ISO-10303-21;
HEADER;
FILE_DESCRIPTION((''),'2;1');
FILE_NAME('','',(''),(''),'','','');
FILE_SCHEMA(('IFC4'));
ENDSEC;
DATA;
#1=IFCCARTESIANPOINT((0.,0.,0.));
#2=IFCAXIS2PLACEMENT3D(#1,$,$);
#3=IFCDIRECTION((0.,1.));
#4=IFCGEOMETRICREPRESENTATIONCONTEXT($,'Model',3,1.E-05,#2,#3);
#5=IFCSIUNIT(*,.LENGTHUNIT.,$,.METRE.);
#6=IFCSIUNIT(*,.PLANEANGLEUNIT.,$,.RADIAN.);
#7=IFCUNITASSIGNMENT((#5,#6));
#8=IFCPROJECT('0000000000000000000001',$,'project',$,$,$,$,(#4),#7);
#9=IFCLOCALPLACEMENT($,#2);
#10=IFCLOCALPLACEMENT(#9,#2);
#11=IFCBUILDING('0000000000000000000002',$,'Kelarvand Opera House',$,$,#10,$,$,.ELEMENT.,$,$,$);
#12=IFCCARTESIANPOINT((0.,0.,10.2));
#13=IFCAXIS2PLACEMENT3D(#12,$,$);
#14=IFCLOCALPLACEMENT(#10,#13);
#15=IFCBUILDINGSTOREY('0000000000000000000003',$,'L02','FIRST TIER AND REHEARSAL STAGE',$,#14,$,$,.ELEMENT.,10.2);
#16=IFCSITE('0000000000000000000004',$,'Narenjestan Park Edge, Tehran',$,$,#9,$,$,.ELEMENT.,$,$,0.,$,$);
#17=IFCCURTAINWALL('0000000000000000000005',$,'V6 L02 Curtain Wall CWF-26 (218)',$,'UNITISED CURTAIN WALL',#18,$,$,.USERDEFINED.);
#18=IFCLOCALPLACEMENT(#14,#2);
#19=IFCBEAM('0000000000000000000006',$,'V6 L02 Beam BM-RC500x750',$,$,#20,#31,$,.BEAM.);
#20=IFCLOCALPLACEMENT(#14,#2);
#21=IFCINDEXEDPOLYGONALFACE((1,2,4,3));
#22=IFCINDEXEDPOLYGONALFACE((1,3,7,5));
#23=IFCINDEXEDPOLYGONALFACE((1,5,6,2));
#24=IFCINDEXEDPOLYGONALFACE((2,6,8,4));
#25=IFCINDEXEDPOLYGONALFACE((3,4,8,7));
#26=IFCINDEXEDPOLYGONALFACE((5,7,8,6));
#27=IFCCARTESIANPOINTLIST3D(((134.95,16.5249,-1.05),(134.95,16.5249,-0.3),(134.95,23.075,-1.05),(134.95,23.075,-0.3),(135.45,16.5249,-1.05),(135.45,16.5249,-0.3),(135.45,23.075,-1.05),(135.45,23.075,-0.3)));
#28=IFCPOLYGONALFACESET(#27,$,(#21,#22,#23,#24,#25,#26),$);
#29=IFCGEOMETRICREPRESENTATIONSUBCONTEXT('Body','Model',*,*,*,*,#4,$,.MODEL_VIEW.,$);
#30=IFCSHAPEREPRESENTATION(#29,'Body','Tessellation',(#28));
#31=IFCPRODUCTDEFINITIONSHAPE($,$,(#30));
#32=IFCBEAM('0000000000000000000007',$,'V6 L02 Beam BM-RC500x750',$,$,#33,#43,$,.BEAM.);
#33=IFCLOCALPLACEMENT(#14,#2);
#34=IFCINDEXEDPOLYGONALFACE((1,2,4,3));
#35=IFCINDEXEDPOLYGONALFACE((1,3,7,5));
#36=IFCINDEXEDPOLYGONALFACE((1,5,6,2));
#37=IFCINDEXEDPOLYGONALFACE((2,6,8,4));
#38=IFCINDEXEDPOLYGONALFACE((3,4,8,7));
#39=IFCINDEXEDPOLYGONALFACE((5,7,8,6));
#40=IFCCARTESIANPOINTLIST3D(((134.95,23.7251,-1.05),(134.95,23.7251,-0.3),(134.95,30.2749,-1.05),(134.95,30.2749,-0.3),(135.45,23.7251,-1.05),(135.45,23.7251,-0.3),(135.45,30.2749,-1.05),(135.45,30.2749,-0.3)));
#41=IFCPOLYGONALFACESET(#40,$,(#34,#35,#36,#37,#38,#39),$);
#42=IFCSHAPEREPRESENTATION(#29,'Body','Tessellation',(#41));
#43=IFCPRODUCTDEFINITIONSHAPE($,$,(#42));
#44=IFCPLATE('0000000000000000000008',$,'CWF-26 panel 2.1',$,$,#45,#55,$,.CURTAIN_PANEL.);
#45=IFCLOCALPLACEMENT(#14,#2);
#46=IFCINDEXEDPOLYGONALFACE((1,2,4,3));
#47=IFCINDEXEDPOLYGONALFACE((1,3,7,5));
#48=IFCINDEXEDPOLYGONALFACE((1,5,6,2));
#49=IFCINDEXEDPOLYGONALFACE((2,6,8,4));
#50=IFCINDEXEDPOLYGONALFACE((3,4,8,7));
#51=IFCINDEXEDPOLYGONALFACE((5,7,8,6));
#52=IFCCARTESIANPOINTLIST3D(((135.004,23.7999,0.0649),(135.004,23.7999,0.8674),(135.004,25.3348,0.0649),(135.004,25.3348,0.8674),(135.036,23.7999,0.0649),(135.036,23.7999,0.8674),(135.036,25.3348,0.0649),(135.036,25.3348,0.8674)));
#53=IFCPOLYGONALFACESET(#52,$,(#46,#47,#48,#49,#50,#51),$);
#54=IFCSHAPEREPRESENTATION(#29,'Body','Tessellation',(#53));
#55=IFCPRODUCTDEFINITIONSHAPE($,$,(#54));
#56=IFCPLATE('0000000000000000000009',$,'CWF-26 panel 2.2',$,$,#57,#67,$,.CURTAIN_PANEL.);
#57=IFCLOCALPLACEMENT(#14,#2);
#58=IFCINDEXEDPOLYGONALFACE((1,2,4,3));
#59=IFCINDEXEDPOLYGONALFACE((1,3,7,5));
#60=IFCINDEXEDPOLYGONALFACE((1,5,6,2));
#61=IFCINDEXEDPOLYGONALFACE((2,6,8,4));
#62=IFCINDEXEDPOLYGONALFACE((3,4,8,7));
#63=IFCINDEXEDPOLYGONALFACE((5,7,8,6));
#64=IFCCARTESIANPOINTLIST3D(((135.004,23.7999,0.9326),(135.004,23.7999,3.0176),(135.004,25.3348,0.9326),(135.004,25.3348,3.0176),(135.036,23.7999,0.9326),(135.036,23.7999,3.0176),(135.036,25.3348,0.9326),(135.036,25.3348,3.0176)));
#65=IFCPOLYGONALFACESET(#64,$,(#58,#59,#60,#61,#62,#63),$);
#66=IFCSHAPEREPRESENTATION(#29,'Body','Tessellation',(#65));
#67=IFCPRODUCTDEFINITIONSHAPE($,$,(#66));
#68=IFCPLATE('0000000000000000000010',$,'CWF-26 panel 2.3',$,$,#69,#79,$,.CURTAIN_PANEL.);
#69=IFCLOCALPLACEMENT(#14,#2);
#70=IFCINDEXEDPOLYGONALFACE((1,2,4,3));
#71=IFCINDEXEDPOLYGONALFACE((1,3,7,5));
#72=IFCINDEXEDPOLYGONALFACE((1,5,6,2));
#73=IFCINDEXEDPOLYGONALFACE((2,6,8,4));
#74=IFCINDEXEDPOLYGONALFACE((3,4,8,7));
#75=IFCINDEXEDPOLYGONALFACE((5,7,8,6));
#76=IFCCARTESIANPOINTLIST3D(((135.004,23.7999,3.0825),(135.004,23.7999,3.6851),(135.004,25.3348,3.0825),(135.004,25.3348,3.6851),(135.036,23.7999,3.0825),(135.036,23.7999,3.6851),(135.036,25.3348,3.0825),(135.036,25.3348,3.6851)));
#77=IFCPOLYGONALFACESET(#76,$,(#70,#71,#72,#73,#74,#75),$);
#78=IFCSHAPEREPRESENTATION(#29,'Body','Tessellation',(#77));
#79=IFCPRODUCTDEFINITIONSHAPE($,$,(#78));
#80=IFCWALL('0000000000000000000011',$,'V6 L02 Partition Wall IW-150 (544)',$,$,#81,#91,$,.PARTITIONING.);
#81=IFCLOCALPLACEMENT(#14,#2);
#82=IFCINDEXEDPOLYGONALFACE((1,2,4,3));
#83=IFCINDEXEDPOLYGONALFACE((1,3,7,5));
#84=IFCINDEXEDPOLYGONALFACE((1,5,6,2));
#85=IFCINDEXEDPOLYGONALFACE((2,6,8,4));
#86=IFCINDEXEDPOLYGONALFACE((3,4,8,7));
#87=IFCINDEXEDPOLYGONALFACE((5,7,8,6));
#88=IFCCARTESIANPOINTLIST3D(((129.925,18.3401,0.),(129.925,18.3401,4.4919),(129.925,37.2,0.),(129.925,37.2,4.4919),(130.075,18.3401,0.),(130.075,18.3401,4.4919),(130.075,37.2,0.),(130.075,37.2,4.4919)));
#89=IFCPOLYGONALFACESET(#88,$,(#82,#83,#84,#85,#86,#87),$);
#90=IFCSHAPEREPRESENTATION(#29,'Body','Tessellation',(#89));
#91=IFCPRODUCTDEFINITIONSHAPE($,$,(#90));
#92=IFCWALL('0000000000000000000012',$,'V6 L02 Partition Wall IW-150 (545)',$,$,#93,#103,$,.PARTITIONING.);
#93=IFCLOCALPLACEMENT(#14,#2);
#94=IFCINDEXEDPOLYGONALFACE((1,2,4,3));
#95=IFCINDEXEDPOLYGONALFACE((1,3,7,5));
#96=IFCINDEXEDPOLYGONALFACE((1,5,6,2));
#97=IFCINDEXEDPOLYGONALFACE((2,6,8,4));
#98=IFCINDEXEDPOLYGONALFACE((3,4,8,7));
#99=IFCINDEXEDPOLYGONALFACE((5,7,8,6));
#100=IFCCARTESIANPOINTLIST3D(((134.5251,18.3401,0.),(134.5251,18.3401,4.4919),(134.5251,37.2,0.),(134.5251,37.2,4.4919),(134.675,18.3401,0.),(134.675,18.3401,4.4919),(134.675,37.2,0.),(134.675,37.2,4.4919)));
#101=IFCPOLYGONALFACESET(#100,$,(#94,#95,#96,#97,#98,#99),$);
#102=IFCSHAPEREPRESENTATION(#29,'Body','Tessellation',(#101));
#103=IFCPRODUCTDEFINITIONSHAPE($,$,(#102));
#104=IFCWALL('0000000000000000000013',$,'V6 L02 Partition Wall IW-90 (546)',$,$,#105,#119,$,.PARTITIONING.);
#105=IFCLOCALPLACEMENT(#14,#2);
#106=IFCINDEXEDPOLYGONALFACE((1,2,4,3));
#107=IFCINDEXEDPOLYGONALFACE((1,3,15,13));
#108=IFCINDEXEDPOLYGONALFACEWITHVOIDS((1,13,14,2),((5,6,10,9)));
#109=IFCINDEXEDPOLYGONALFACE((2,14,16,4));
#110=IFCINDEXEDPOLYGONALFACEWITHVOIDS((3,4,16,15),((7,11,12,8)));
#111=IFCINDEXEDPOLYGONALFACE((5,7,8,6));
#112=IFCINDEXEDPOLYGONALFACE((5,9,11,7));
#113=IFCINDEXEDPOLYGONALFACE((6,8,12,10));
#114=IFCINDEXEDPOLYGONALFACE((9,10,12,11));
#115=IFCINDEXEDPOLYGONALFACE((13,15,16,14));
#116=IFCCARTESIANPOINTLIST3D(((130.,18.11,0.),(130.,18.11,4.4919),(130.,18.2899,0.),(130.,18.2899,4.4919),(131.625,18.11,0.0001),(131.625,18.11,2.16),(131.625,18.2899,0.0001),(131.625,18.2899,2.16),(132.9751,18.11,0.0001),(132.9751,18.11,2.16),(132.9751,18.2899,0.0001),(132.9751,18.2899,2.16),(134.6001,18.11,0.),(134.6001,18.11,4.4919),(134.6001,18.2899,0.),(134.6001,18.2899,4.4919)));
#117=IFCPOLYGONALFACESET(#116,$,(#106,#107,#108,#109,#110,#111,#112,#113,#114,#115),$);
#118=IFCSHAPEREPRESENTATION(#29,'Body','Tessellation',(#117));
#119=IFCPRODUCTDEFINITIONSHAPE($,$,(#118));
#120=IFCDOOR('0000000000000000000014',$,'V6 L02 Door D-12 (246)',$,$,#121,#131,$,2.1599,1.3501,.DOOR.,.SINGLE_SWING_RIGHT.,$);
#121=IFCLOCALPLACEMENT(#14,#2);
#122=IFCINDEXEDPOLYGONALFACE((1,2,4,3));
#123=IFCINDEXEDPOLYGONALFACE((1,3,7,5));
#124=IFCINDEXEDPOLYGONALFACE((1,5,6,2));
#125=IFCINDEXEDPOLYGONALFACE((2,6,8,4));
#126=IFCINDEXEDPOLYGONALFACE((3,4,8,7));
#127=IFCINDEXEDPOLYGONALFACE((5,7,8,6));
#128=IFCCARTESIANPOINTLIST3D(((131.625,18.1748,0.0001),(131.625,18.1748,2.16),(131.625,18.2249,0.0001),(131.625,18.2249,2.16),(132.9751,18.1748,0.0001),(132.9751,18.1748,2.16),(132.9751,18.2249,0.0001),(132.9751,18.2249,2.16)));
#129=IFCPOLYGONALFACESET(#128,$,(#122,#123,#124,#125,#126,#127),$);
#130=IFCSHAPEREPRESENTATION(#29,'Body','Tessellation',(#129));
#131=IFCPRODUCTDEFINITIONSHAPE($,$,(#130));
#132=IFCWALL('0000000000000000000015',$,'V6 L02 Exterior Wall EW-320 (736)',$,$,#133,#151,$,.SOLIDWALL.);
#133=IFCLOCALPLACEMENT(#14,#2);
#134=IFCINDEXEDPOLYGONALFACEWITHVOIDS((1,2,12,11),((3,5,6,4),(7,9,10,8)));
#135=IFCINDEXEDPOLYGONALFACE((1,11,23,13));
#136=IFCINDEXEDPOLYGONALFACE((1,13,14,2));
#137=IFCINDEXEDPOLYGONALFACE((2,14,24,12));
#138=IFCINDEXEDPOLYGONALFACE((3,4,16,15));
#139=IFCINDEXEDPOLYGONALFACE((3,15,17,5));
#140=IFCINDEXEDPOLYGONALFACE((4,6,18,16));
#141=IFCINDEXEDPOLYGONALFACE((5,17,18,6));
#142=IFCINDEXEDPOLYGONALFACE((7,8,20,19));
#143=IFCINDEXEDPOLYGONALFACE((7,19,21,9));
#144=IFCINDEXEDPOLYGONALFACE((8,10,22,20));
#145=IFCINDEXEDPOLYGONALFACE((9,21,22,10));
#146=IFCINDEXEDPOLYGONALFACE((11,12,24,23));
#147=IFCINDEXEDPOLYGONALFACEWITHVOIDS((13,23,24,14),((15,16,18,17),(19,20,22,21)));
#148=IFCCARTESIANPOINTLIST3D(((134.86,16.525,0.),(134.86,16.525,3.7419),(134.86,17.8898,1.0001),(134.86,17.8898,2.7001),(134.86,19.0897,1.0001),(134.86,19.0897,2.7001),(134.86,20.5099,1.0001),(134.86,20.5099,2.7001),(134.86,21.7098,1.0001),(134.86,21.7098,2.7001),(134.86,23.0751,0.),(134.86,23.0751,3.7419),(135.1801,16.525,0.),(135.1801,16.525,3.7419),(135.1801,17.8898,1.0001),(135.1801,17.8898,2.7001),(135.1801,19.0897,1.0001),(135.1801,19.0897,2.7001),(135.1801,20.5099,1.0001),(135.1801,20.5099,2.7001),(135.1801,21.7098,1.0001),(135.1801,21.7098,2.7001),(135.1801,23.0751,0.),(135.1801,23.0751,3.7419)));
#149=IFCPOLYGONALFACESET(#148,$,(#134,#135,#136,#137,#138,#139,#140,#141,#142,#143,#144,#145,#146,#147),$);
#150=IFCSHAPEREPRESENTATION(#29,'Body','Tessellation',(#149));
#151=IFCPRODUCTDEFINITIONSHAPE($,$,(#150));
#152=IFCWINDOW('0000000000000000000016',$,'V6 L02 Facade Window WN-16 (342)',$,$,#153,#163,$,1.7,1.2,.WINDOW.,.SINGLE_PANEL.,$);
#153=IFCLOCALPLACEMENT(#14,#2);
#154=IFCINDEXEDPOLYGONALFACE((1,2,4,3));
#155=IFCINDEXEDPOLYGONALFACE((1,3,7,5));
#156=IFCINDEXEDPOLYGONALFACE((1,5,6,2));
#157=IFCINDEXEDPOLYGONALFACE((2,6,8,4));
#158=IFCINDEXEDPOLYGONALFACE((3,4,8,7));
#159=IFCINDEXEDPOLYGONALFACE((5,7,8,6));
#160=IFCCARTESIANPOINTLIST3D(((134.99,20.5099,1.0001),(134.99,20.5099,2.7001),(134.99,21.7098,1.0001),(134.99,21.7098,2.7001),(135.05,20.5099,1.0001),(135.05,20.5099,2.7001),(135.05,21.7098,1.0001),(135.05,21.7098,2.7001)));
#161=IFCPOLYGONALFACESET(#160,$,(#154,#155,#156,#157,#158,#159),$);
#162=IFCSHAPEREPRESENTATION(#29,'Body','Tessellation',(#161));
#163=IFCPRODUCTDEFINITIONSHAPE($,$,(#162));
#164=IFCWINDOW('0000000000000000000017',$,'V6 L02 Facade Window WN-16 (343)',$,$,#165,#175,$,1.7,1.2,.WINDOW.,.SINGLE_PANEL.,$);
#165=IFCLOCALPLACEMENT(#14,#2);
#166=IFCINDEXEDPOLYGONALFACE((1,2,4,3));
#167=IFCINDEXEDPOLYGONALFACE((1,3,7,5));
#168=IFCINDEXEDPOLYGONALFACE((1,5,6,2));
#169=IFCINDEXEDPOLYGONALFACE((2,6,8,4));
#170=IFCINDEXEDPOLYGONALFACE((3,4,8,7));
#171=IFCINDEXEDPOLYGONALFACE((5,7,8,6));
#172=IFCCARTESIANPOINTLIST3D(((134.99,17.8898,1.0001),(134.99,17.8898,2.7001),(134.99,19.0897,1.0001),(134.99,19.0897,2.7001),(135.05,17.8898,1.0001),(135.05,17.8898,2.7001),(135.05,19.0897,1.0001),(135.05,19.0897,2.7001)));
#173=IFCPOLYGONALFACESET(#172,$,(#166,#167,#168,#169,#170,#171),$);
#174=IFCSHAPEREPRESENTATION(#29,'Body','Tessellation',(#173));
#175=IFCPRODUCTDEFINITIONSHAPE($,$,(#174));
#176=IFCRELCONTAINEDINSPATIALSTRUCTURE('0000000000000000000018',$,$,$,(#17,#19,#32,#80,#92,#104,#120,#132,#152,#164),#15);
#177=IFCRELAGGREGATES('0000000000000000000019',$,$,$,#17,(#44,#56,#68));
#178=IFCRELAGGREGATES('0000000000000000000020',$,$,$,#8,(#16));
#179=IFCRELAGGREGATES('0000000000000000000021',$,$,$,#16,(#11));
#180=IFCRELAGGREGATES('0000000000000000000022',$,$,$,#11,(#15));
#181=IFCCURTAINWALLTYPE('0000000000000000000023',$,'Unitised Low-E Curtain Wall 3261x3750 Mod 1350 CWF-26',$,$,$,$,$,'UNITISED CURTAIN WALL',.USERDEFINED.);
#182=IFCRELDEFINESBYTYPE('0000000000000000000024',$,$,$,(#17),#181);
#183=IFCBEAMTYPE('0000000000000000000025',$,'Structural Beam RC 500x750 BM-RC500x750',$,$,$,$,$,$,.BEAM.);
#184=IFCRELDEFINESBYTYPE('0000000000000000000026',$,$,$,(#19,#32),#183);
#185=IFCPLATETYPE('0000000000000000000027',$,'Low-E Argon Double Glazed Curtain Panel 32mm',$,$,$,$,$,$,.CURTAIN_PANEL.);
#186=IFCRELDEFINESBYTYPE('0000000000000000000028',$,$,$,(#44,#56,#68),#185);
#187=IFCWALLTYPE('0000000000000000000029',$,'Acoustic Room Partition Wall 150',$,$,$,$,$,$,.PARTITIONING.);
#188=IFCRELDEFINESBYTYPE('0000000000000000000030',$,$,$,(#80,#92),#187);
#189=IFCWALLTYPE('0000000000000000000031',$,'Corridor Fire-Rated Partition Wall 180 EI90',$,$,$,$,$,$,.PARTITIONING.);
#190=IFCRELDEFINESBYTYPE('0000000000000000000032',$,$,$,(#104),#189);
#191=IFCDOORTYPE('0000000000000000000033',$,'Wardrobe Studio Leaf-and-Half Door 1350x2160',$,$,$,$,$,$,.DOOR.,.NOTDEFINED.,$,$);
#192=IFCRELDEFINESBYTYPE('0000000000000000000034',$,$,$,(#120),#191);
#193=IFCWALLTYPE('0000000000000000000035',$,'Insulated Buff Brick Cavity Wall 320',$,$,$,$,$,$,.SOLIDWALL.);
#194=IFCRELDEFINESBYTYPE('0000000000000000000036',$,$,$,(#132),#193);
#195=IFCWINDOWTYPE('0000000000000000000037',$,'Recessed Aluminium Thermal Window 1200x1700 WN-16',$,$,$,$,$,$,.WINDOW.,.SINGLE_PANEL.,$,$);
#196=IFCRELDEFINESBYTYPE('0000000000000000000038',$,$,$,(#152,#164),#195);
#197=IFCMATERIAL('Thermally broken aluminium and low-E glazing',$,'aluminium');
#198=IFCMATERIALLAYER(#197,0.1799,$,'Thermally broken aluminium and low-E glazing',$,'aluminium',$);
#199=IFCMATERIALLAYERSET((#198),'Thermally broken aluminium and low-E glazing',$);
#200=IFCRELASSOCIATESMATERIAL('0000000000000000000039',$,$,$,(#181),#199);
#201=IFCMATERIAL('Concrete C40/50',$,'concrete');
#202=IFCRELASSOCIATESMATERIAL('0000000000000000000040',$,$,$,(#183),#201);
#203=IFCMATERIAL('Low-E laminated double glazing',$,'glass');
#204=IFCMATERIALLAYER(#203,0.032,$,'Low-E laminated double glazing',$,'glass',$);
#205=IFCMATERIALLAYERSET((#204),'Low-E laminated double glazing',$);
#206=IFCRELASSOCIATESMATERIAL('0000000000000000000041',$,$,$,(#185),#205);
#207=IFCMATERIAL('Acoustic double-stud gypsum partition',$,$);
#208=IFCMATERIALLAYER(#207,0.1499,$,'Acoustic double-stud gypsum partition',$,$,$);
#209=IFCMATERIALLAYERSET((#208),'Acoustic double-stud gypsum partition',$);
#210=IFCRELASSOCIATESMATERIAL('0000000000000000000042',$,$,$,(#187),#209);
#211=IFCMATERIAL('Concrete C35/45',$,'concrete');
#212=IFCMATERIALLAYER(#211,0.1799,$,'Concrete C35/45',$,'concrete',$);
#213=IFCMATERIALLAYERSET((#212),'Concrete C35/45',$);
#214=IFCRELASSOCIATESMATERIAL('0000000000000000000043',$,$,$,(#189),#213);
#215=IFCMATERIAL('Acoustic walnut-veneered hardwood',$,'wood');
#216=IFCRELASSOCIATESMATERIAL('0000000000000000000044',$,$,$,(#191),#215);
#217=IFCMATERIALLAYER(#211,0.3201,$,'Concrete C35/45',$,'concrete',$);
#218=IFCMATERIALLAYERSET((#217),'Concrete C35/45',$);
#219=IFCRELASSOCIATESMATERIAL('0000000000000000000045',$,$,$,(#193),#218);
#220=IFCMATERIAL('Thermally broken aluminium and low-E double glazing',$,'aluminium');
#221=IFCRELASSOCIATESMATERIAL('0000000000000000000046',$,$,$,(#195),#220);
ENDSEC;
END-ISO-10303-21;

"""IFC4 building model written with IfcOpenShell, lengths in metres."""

from ifc_helpers import new_model, si_unit, direction, frame, frame_2d, origin, origin_2d, place, context, subcontext, project, spatial, rectangle, extrude, material, layer, layer_set, material_profile, profile_set, type_object, element, fill, aggregate, save


model = new_model("IFC4")

# Units and contexts
model_context = context("Model", 3, precision=1e-05, world=origin(), true_north=direction((0.0, 1.0)))
body_context = subcontext(model_context, "Body", "Model", "MODEL_VIEW")
ifc_project = project(units=[si_unit("LENGTHUNIT", "METRE"), si_unit("PLANEANGLEUNIT", "RADIAN")], contexts=[model_context])

# Site, building, storey
site_placement = place(None, origin())
site = spatial("IfcSite", under=ifc_project, at=site_placement, Name="Narenjestan Park Edge, Tehran", CompositionType="ELEMENT", RefElevation=0.0)
building_placement = place(site_placement, origin())
building = spatial("IfcBuilding", under=site, at=building_placement, Name="Kelarvand Opera House", CompositionType="ELEMENT")
storey_placement = place(building_placement, frame((0.0, 0.0, 10.2)))
storey = spatial("IfcBuildingStorey", under=building, at=storey_placement, Name="L02", Description="FIRST TIER AND REHEARSAL STAGE", CompositionType="ELEMENT", Elevation=10.2)

# Shared definitions
ifc_material_1 = material(Name="Concrete C40/50", Category="concrete")

# Curtain wall
ifc_material_2 = material(Name="Thermally broken aluminium and low-E glazing", Category="aluminium")
ifc_layer_1 = layer(ifc_material_2, 0.1799, Name="Thermally broken aluminium and low-E glazing", Category="aluminium")
ifc_layer_set_1 = layer_set([ifc_layer_1], Name="Thermally broken aluminium and low-E glazing")
curtain_wall_type = type_object("IfcCurtainWallType", Name="Unitised Low-E Curtain Wall 3261x3750 Mod 1350 CWF-26", ElementType="UNITISED CURTAIN WALL", PredefinedType="USERDEFINED", material=ifc_layer_set_1)
curtain_wall_1_placement = place(storey_placement, origin())
curtain_wall_1 = element("IfcCurtainWall", 1, at=curtain_wall_1_placement, inside=storey, type_object=curtain_wall_type, Name="V6 L02 Curtain Wall CWF-26 (218)", ObjectType="UNITISED CURTAIN WALL", PredefinedType="USERDEFINED")

# Beams
ifc_material_3 = material(Name="Concrete C35/45", Category="concrete")
ifc_material_profile_1 = material_profile(ifc_material_1, rectangle(XDim=0.5, YDim=0.75, at=origin_2d()), Name="RC 500x750", Category="concrete")
ifc_profile_set_1 = profile_set([ifc_material_profile_1], Name="Concrete C40/50")
beam_type_1 = type_object("IfcBeamType", Name="Structural Beam RC 500x750 BM-RC500x750", PredefinedType="BEAM", material=ifc_profile_set_1)
beam_1_placement = place(storey_placement, frame((135.2, 16.5249, -0.675), z_axis=(0.0, 1.0, 0.0), x_axis=(-1.0, 0.0, 0.0)))
element("IfcBeam", 2, at=beam_1_placement, inside=storey, type_object=beam_type_1, Name="V6 L02 Beam BM-RC500x750", PredefinedType="BEAM", context=body_context, shape_type="SweptSolid", body=[
    extrude(rectangle(XDim=0.5, YDim=0.75, at=origin_2d()), origin(), (0.0, 0.0, 1.0), 6.55),
])
beam_2_placement = place(storey_placement, frame((135.2, 23.7251, -0.675), z_axis=(0.0, 1.0, 0.0), x_axis=(-1.0, 0.0, 0.0)))
element("IfcBeam", 3, at=beam_2_placement, inside=storey, type_object=beam_type_1, Name="V6 L02 Beam BM-RC500x750", PredefinedType="BEAM", context=body_context, shape_type="SweptSolid", body=[
    extrude(rectangle(XDim=0.5, YDim=0.75, at=origin_2d()), origin(), (0.0, 0.0, 1.0), 6.5498),
])

# Plates
ifc_material_4 = material(Name="Low-E laminated double glazing", Category="glass")
ifc_layer_2 = layer(ifc_material_4, 0.032, Name="Low-E laminated double glazing", Category="glass")
ifc_layer_set_2 = layer_set([ifc_layer_2], Name="Low-E laminated double glazing")
plate_type = type_object("IfcPlateType", Name="Low-E Argon Double Glazed Curtain Panel 32mm", PredefinedType="CURTAIN_PANEL", material=ifc_layer_set_2)
plate_1_placement = place(storey_placement, frame((135.02, 24.5674, 0.0649), z_axis=(0.0, 0.0, 1.0), x_axis=(0.0, -1.0, 0.0)))
plate_1 = element("IfcPlate", 4, at=plate_1_placement, type_object=plate_type, Name="CWF-26 panel 2.1", PredefinedType="CURTAIN_PANEL", context=body_context, shape_type="SweptSolid", body=[
    extrude(rectangle(XDim=1.5349, YDim=0.032, at=origin_2d()), origin(), (0.0, 0.0, 1.0), 0.8025),
])
plate_2_placement = place(storey_placement, frame((135.02, 24.5674, 0.9326), z_axis=(0.0, 0.0, 1.0), x_axis=(0.0, -1.0, 0.0)))
plate_2 = element("IfcPlate", 5, at=plate_2_placement, type_object=plate_type, Name="CWF-26 panel 2.2", PredefinedType="CURTAIN_PANEL", context=body_context, shape_type="SweptSolid", body=[
    extrude(rectangle(XDim=1.5349, YDim=0.032, at=origin_2d()), origin(), (0.0, 0.0, 1.0), 2.085),
])
plate_3_placement = place(storey_placement, frame((135.02, 24.5674, 3.0825), z_axis=(0.0, 0.0, 1.0), x_axis=(0.0, -1.0, 0.0)))
plate_3 = element("IfcPlate", 6, at=plate_3_placement, type_object=plate_type, Name="CWF-26 panel 2.3", PredefinedType="CURTAIN_PANEL", context=body_context, shape_type="SweptSolid", body=[
    extrude(rectangle(XDim=1.5349, YDim=0.032, at=origin_2d()), origin(), (0.0, 0.0, 1.0), 0.6025),
])
aggregate(curtain_wall_1, [plate_1, plate_2, plate_3])

# Walls
ifc_material_5 = material(Name="Acoustic double-stud gypsum partition")
ifc_layer_3 = layer(ifc_material_5, 0.1499, Name="Acoustic double-stud gypsum partition")
ifc_layer_set_3 = layer_set([ifc_layer_3], Name="Acoustic double-stud gypsum partition")
wall_type_1 = type_object("IfcWallType", Name="Acoustic Room Partition Wall 150", PredefinedType="PARTITIONING", material=ifc_layer_set_3)
for number, where, z_axis, x_axis, name in (
    (7, (130.0, 18.3401, 0.0), (0.0, 0.0, 1.0), (0.0, 1.0, 0.0), "V6 L02 Partition Wall IW-150 (544)"),
    (8, (134.6001, 18.3401, 0.0), (0.0, 0.0, 1.0), (0.0, 1.0, 0.0), "V6 L02 Partition Wall IW-150 (545)"),
):
    element("IfcWall", number, at=place(storey_placement, frame(where, z_axis=z_axis, x_axis=x_axis)), inside=storey, type_object=wall_type_1, Name=name, PredefinedType="PARTITIONING", context=body_context, shape_type="SweptSolid", body=[
        extrude(rectangle(XDim=18.8599, YDim=0.1499, at=frame_2d((9.4299, 0.0))), origin(), (0.0, 0.0, 1.0), 4.4919),
    ])

# Wall, opening, door
ifc_layer_4 = layer(ifc_material_3, 0.1799, Name="Concrete C35/45", Category="concrete")
ifc_layer_set_4 = layer_set([ifc_layer_4], Name="Concrete C35/45")
wall_type_2 = type_object("IfcWallType", Name="Corridor Fire-Rated Partition Wall 180 EI90", PredefinedType="PARTITIONING", material=ifc_layer_set_4)
wall_1_placement = place(storey_placement, frame((130.0, 18.2, 0.0), z_axis=(0.0, 0.0, 1.0), x_axis=(1.0, 0.0, 0.0)))
wall_1 = element("IfcWall", 9, at=wall_1_placement, inside=storey, type_object=wall_type_2, Name="V6 L02 Partition Wall IW-90 (546)", PredefinedType="PARTITIONING", context=body_context, shape_type="SweptSolid", body=[
    extrude(rectangle(XDim=4.6001, YDim=0.1799, at=frame_2d((2.3, 0.0))), origin(), (0.0, 0.0, 1.0), 4.4919),
])
opening_1_placement = place(wall_1_placement, frame((1.625, 0.0, 0.0)))
opening_1 = element("IfcOpeningElement", 10, at=opening_1_placement, cuts=wall_1, PredefinedType="OPENING", context=body_context, shape_type="SweptSolid", body=[
    extrude(rectangle(XDim=1.3501, YDim=2.1599, at=frame_2d((0.675, 1.0801))), frame((0.0, 0.1001, 0.0), z_axis=(0.0, -1.0, 0.0), x_axis=(1.0, 0.0, 0.0)), (0.0, 0.0, 1.0), 0.2),
])
ifc_material_6 = material(Name="Acoustic walnut-veneered hardwood", Category="wood")
door_type = type_object("IfcDoorType", Name="Wardrobe Studio Leaf-and-Half Door 1350x2160", OperationType="NOTDEFINED", PredefinedType="DOOR", material=ifc_material_6)
door_placement = place(opening_1_placement, origin())
door = element("IfcDoor", 11, at=door_placement, inside=storey, type_object=door_type, Name="V6 L02 Door D-12 (246)", OperationType="SINGLE_SWING_RIGHT", OverallHeight=2.1599, OverallWidth=1.3501, PredefinedType="DOOR", context=body_context, shape_type="SweptSolid", body=[
    extrude(rectangle(XDim=1.3501, YDim=2.1599, at=frame_2d((0.675, 1.0801))), frame((0.0, 0.0249, 0.0), z_axis=(0.0, -1.0, 0.0), x_axis=(1.0, 0.0, 0.0)), (0.0, 0.0, 1.0), 0.05),
])
fill(opening_1, door)

# Wall, openings, windows
ifc_layer_5 = layer(ifc_material_3, 0.3201, Name="Concrete C35/45", Category="concrete")
ifc_layer_set_5 = layer_set([ifc_layer_5], Name="Concrete C35/45")
wall_type_3 = type_object("IfcWallType", Name="Insulated Buff Brick Cavity Wall 320", PredefinedType="SOLIDWALL", material=ifc_layer_set_5)
wall_2_placement = place(storey_placement, frame((135.02, 23.075, 0.0), z_axis=(0.0, 0.0, 1.0), x_axis=(0.0, -1.0, 0.0)))
wall_2 = element("IfcWall", 12, at=wall_2_placement, inside=storey, type_object=wall_type_3, Name="V6 L02 Exterior Wall EW-320 (736)", PredefinedType="SOLIDWALL", context=body_context, shape_type="SweptSolid", body=[
    extrude(rectangle(XDim=6.55, YDim=0.3201, at=frame_2d((3.2749, 0.0))), origin(), (0.0, 0.0, 1.0), 3.7419),
])
opening_2_placement = place(wall_2_placement, frame((1.365, 0.0, 1.0)))
opening_2 = element("IfcOpeningElement", 13, at=opening_2_placement, cuts=wall_2, PredefinedType="OPENING", context=body_context, shape_type="SweptSolid", body=[
    extrude(rectangle(XDim=1.2, YDim=1.7, at=frame_2d((0.6001, 0.8501))), frame((0.0, 0.1699, 0.0), z_axis=(0.0, -1.0, 0.0), x_axis=(1.0, 0.0, 0.0)), (0.0, 0.0, 1.0), 0.3401),
])
opening_3_placement = place(wall_2_placement, frame((3.9851, 0.0, 1.0)))
opening_3 = element("IfcOpeningElement", 14, at=opening_3_placement, cuts=wall_2, PredefinedType="OPENING", context=body_context, shape_type="SweptSolid", body=[
    extrude(rectangle(XDim=1.2, YDim=1.7, at=frame_2d((0.6001, 0.8501))), frame((0.0, 0.1699, 0.0), z_axis=(0.0, -1.0, 0.0), x_axis=(1.0, 0.0, 0.0)), (0.0, 0.0, 1.0), 0.3401),
])
ifc_material_7 = material(Name="Thermally broken aluminium and low-E double glazing", Category="aluminium")
window_type = type_object("IfcWindowType", Name="Recessed Aluminium Thermal Window 1200x1700 WN-16", PartitioningType="SINGLE_PANEL", PredefinedType="WINDOW", material=ifc_material_7)
window_1_placement = place(opening_2_placement, origin())
window_1 = element("IfcWindow", 15, at=window_1_placement, inside=storey, type_object=window_type, Name="V6 L02 Facade Window WN-16 (342)", OverallHeight=1.7, OverallWidth=1.2, PartitioningType="SINGLE_PANEL", PredefinedType="WINDOW", context=body_context, shape_type="SweptSolid", body=[
    extrude(rectangle(XDim=1.2, YDim=1.7, at=frame_2d((0.6001, 0.8501))), frame((0.0, 0.03, 0.0), z_axis=(0.0, -1.0, 0.0), x_axis=(1.0, 0.0, 0.0)), (0.0, 0.0, 1.0), 0.0601),
])
fill(opening_2, window_1)
window_2_placement = place(opening_3_placement, origin())
window_2 = element("IfcWindow", 16, at=window_2_placement, inside=storey, type_object=window_type, Name="V6 L02 Facade Window WN-16 (343)", OverallHeight=1.7, OverallWidth=1.2, PartitioningType="SINGLE_PANEL", PredefinedType="WINDOW", context=body_context, shape_type="SweptSolid", body=[
    extrude(rectangle(XDim=1.2, YDim=1.7, at=frame_2d((0.6001, 0.8501))), frame((0.0, 0.03, 0.0), z_axis=(0.0, -1.0, 0.0), x_axis=(1.0, 0.0, 0.0)), (0.0, 0.0, 1.0), 0.0601),
])
fill(opening_3, window_2)

save(model, "model.ifc")
